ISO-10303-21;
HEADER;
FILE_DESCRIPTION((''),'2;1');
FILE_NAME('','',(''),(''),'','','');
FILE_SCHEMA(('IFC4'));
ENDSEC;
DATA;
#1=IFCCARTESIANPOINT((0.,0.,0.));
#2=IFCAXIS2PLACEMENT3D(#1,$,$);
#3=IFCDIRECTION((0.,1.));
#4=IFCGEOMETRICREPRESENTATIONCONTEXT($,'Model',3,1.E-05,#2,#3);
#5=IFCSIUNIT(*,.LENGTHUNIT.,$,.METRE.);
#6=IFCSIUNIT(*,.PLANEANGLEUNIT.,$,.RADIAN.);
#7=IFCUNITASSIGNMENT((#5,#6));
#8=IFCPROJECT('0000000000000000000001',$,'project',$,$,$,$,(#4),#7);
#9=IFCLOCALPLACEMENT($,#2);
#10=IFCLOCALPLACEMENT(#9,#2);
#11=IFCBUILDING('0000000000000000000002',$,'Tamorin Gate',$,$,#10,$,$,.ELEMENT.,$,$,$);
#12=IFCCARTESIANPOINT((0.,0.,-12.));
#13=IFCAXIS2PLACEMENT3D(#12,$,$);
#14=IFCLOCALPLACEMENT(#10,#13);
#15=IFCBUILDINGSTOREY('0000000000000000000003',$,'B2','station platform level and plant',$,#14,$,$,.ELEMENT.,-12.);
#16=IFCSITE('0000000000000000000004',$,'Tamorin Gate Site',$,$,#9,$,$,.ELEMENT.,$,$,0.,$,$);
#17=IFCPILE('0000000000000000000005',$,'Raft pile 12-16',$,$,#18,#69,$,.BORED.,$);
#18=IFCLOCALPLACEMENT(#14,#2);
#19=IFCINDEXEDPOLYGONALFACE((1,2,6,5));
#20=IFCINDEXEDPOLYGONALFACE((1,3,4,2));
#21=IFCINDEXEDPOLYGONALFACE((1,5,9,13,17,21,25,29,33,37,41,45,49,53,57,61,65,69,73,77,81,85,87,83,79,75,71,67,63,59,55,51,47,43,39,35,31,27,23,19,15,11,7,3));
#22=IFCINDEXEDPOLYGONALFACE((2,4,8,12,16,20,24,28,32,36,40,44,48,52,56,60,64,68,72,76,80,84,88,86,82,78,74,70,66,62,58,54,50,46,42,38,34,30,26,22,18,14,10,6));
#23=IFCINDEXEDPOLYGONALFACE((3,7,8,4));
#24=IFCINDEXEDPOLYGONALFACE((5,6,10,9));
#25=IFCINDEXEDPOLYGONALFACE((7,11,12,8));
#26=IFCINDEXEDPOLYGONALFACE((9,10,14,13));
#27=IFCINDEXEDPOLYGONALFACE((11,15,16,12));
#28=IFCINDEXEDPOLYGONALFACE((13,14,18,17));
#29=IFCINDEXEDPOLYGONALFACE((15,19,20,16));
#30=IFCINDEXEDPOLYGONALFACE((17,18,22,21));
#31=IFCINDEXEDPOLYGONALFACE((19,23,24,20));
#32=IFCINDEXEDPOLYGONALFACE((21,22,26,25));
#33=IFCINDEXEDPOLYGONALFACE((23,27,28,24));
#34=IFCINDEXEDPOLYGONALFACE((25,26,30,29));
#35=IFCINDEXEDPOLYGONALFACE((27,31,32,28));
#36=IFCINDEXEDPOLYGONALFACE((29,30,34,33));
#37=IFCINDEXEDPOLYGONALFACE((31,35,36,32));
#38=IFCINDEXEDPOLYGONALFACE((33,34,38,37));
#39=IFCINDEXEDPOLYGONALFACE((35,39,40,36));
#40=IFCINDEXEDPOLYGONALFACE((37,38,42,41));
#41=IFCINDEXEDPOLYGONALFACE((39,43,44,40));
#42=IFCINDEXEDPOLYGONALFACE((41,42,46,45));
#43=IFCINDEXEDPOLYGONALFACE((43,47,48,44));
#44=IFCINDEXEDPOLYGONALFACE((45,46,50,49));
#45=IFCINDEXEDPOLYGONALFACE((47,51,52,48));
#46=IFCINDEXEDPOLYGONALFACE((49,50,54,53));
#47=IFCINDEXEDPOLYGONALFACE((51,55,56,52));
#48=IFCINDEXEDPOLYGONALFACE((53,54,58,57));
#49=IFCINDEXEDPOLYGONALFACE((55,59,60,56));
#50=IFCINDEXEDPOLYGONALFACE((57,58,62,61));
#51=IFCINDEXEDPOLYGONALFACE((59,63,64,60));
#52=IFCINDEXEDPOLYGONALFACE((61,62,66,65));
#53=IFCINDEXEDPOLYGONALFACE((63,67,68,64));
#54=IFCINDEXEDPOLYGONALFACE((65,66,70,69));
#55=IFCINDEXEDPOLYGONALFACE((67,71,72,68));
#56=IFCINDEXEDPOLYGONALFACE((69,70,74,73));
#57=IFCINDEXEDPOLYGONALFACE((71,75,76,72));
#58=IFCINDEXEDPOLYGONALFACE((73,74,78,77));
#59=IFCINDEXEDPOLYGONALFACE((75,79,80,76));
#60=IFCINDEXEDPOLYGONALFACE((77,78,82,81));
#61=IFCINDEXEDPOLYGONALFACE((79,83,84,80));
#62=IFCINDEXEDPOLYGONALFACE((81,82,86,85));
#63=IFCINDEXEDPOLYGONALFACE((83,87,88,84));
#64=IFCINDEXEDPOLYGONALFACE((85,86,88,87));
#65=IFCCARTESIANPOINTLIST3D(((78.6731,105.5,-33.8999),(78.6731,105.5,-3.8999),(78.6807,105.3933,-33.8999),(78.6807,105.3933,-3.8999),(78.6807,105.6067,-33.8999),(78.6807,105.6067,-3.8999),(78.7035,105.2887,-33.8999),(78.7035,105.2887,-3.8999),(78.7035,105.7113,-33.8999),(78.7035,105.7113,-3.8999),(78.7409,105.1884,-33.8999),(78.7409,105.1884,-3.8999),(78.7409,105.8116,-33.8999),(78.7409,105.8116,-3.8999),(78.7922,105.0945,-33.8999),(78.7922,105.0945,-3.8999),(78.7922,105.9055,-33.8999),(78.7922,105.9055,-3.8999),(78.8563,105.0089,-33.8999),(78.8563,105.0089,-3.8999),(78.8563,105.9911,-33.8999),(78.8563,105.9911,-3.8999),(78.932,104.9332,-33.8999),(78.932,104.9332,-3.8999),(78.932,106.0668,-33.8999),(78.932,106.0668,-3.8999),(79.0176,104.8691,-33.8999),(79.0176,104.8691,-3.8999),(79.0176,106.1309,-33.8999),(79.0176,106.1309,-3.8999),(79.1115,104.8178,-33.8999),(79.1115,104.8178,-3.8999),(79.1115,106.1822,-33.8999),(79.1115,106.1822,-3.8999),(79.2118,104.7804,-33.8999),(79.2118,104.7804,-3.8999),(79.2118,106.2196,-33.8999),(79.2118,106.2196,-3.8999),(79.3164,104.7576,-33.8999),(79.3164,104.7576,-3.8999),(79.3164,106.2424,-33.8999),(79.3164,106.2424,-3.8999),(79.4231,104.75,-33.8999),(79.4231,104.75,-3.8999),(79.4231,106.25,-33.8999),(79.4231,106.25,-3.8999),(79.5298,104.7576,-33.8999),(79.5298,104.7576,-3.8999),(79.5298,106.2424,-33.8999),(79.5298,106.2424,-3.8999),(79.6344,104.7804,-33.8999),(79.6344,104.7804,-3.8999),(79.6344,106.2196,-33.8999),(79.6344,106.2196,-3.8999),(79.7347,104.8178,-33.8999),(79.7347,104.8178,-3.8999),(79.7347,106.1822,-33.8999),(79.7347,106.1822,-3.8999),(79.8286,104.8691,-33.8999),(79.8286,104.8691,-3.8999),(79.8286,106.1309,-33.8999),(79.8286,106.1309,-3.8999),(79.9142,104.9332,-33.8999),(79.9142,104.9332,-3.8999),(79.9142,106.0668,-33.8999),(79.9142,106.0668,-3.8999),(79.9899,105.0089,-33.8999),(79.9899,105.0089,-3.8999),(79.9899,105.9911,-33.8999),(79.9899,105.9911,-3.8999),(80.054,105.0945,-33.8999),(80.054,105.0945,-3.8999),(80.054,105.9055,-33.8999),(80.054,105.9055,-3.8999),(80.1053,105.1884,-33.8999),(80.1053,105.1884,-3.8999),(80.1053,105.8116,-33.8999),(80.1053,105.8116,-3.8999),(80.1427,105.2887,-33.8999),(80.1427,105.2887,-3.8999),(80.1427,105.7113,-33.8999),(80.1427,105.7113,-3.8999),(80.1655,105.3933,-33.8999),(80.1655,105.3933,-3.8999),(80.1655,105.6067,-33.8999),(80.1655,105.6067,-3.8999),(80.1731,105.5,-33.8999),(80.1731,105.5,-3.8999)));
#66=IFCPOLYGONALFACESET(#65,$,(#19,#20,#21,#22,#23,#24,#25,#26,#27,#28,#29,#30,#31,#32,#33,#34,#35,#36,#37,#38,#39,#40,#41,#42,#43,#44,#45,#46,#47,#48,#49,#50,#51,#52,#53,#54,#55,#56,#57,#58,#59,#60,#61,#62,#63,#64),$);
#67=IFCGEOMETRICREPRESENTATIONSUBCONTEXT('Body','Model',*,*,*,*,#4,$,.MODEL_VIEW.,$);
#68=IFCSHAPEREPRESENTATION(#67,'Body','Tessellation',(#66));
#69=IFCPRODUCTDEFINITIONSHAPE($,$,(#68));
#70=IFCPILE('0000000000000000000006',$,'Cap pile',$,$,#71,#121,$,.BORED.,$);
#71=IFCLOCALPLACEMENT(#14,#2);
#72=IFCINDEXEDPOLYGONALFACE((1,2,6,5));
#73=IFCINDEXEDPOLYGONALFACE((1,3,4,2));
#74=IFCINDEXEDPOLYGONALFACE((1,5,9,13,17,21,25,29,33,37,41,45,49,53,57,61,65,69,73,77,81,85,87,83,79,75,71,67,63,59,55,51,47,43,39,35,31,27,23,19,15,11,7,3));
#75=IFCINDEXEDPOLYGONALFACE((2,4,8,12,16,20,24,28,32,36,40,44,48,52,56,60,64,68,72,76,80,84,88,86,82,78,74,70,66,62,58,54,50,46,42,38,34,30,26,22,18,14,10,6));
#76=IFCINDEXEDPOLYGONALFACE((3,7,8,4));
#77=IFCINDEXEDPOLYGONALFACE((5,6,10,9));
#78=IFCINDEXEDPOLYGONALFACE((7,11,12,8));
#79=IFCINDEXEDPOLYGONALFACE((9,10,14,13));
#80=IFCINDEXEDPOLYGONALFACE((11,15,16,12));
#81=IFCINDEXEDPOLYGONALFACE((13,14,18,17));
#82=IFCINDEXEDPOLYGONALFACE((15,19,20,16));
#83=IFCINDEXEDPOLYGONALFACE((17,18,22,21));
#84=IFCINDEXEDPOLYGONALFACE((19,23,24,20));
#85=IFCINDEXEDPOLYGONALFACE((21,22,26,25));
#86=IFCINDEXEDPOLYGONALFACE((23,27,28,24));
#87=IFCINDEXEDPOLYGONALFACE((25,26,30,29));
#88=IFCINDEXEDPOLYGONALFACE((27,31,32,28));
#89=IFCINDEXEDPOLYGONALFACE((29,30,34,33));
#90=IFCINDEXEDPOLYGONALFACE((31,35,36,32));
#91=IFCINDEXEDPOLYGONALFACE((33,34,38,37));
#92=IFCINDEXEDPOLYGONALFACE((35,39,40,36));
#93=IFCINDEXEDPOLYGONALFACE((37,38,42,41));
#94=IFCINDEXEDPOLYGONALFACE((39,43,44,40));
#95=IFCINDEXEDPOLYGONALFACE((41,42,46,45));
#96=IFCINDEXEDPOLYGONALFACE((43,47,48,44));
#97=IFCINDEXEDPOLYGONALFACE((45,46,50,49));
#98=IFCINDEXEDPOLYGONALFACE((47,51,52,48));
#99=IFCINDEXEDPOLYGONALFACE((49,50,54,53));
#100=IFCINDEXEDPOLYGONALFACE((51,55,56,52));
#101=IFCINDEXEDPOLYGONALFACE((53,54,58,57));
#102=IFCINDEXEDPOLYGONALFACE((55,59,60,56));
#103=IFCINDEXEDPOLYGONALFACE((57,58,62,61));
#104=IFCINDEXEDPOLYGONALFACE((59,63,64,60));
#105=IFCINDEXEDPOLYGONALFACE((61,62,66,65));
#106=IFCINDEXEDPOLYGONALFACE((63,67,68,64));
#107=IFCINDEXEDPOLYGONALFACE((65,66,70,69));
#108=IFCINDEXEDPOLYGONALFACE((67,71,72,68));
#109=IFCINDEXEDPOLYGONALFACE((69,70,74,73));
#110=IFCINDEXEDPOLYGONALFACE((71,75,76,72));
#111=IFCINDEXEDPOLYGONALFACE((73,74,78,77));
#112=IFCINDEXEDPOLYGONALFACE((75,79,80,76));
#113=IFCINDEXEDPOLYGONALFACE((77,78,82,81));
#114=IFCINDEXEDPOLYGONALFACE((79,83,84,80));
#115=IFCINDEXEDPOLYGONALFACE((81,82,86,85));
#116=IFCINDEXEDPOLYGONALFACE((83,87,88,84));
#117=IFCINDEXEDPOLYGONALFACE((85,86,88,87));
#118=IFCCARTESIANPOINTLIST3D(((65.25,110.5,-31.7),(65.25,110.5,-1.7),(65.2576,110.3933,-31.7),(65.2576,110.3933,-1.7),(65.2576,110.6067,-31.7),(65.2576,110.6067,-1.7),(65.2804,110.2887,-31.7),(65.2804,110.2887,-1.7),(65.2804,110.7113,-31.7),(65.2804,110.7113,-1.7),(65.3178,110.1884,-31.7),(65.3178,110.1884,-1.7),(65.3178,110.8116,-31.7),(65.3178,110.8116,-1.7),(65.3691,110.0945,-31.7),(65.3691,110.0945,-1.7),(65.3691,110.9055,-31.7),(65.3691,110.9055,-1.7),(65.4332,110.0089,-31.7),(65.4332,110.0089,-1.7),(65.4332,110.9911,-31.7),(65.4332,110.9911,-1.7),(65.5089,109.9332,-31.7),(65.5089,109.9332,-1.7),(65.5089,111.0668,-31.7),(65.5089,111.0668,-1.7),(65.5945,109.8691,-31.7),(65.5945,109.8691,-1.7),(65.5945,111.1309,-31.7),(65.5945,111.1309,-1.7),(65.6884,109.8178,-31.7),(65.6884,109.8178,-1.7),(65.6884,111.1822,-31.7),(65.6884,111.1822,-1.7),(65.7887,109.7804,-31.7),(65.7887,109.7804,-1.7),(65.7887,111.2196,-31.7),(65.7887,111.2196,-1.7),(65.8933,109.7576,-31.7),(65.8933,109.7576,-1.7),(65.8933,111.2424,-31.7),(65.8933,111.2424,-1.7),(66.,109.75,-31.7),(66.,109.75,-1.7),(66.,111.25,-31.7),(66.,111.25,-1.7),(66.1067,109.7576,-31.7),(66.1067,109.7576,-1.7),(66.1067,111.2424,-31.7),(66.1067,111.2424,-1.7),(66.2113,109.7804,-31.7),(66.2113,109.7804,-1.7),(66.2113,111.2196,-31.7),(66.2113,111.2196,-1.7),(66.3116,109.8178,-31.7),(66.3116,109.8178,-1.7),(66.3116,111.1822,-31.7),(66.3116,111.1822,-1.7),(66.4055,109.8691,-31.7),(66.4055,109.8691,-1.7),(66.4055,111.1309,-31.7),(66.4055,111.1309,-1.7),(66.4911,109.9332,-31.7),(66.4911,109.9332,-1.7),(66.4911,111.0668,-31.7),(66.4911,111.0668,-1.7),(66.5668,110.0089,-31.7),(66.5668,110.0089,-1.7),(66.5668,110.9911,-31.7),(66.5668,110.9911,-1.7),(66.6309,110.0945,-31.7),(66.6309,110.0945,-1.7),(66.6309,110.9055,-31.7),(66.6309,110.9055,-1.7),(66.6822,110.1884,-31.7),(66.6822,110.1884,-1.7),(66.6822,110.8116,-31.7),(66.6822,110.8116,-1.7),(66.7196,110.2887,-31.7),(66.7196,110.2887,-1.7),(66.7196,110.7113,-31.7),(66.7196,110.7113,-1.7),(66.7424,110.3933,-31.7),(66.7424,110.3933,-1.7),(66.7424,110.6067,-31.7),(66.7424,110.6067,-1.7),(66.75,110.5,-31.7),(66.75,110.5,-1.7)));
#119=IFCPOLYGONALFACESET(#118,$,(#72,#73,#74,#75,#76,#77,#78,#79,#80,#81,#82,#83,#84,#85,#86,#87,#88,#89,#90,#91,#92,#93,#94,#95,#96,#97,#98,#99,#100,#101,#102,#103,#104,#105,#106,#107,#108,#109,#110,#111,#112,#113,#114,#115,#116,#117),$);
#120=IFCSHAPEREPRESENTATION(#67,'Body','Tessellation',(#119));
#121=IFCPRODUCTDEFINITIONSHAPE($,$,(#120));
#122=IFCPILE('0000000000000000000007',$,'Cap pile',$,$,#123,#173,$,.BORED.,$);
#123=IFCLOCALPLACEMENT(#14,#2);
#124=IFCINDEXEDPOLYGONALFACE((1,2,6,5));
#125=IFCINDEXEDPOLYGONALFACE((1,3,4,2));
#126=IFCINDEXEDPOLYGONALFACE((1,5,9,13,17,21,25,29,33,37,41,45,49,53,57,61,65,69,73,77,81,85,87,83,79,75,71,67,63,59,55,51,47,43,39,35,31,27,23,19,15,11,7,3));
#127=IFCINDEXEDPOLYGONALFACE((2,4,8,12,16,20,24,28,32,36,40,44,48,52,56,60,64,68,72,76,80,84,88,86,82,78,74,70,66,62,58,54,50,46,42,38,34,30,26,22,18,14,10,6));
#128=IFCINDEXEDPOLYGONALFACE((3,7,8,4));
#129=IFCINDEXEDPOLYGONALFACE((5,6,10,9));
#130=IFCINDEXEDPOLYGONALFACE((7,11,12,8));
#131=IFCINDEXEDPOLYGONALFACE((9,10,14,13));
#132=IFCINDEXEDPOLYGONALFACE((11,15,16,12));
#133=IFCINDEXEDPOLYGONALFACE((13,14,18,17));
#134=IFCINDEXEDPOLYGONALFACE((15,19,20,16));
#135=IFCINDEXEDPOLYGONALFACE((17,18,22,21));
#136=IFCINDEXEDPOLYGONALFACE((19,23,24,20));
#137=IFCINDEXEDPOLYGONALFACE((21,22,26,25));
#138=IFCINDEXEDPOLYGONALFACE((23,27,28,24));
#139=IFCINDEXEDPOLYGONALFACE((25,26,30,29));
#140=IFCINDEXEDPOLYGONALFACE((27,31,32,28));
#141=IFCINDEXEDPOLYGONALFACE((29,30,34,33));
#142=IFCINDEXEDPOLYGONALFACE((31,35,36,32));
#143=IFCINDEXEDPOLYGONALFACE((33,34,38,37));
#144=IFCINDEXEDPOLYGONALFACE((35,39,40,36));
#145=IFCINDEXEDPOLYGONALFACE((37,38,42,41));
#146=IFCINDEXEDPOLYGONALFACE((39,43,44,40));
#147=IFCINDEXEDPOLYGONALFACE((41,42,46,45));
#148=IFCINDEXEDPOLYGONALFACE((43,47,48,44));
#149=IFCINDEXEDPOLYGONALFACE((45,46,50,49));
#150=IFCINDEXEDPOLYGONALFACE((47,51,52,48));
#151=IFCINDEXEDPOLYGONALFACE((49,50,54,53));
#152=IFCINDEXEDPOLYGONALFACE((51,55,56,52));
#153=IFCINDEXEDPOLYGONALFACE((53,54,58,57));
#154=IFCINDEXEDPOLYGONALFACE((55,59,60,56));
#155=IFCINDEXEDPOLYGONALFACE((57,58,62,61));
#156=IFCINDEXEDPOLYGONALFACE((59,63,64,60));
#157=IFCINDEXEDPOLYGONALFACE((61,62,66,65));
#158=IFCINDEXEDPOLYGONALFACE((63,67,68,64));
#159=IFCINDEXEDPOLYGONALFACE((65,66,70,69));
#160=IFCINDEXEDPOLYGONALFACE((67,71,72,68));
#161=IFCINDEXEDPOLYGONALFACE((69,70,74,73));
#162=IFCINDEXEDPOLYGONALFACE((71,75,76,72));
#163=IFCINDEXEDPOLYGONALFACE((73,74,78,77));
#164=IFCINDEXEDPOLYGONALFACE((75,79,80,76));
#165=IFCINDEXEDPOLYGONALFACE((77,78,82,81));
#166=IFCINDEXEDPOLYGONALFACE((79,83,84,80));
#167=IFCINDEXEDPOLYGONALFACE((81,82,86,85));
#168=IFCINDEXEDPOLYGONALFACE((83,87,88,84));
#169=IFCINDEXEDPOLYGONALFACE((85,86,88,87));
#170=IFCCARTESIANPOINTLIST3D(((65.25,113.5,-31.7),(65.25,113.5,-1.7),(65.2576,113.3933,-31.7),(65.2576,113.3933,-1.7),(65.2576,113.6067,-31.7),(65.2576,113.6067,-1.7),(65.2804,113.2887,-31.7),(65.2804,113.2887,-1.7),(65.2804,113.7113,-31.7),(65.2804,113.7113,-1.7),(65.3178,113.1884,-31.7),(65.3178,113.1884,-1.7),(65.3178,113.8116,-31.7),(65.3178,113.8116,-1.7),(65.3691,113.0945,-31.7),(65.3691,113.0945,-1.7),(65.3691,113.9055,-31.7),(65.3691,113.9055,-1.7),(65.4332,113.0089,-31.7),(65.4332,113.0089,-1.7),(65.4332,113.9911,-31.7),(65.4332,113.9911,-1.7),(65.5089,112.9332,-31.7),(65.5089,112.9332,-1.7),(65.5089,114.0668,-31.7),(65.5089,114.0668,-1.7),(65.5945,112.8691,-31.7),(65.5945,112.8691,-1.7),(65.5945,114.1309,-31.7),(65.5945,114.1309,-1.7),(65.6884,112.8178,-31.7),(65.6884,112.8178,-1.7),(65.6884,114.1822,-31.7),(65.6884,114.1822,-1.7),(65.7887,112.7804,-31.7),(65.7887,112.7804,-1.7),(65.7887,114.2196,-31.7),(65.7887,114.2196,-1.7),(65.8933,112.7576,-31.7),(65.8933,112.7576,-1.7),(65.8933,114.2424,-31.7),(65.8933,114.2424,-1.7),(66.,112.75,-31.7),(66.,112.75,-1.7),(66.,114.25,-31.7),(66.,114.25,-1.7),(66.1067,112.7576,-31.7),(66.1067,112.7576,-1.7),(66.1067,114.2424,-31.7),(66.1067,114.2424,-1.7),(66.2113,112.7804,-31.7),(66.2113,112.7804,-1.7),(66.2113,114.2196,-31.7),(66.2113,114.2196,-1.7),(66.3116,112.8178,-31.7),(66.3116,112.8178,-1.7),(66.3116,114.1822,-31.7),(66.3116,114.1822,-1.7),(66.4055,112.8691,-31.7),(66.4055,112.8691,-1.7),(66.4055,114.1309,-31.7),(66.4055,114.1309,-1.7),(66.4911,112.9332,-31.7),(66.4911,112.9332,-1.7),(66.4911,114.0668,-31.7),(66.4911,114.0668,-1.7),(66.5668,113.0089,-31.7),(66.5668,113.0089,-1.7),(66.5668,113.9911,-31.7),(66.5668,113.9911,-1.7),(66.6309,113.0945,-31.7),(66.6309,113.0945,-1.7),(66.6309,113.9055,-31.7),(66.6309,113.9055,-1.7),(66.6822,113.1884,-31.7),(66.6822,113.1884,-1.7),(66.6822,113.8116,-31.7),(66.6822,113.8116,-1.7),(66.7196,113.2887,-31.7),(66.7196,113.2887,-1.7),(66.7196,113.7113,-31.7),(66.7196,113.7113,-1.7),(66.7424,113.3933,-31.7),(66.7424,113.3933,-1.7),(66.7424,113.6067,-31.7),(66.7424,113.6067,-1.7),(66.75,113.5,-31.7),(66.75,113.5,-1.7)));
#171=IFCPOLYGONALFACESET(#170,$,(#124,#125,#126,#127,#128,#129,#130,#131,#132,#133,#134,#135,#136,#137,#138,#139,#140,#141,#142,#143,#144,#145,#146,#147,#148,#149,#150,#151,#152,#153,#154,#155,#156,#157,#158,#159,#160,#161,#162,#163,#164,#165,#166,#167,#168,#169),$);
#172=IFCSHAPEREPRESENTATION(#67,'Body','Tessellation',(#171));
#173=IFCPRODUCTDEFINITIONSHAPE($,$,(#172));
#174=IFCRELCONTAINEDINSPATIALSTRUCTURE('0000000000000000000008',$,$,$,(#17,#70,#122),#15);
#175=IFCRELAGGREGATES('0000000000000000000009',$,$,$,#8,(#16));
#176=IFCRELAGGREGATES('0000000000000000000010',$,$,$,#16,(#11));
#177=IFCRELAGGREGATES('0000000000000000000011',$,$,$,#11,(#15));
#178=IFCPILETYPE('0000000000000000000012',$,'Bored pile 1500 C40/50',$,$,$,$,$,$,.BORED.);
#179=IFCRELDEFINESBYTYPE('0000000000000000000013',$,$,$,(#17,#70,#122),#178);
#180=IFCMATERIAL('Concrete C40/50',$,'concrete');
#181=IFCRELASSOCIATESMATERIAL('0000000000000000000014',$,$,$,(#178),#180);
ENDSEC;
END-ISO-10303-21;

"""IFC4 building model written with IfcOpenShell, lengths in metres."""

from ifc_helpers import new_model, si_unit, direction, frame, origin, origin_2d, place, context, subcontext, project, spatial, circle, extrude, material, material_profile, profile_set, type_object, element, save


model = new_model("IFC4")

# Units and contexts
model_context = context("Model", 3, precision=1e-05, world=origin(), true_north=direction((0.0, 1.0)))
body_context = subcontext(model_context, "Body", "Model", "MODEL_VIEW")
ifc_project = project(units=[si_unit("LENGTHUNIT", "METRE"), si_unit("PLANEANGLEUNIT", "RADIAN")], contexts=[model_context])

# Site, building, storey
site_placement = place(None, origin())
site = spatial("IfcSite", under=ifc_project, at=site_placement, Name="Tamorin Gate Site", CompositionType="ELEMENT", RefElevation=0.0)
building_placement = place(site_placement, origin())
building = spatial("IfcBuilding", under=site, at=building_placement, Name="Tamorin Gate", CompositionType="ELEMENT")
storey_placement = place(building_placement, frame((0.0, 0.0, -12.0)))
storey = spatial("IfcBuildingStorey", under=building, at=storey_placement, Name="B2", Description="station platform level and plant", CompositionType="ELEMENT", Elevation=-12.0)

# Piles
ifc_material_1 = material(Name="Concrete C40/50", Category="concrete")
ifc_material_profile_1 = material_profile(ifc_material_1, circle(Radius=0.75, at=origin_2d()))
ifc_profile_set_1 = profile_set([ifc_material_profile_1], Name="Concrete C40/50")
pile_type = type_object("IfcPileType", Name="Bored pile 1500 C40/50", PredefinedType="BORED", material=ifc_profile_set_1)
for number, where, z_axis, x_axis, name in (
    (1, (79.4231, 105.5, -3.8999), (0.0, 0.0, -1.0), (1.0, 0.0, 0.0), "Raft pile 12-16"),
    (2, (66.0, 110.5, -1.7), (0.0, 0.0, -1.0), (1.0, 0.0, 0.0), "Cap pile"),
    (3, (66.0, 113.5, -1.7), (0.0, 0.0, -1.0), (1.0, 0.0, 0.0), "Cap pile"),
):
    element("IfcPile", number, at=place(storey_placement, frame(where, z_axis=z_axis, x_axis=x_axis)), inside=storey, type_object=pile_type, Name=name, PredefinedType="BORED", context=body_context, shape_type="SweptSolid", body=[
        extrude(circle(Radius=0.75, at=origin_2d()), origin(), (0.0, 0.0, 1.0), 30.0),
    ])

save(model, "model.ifc")
